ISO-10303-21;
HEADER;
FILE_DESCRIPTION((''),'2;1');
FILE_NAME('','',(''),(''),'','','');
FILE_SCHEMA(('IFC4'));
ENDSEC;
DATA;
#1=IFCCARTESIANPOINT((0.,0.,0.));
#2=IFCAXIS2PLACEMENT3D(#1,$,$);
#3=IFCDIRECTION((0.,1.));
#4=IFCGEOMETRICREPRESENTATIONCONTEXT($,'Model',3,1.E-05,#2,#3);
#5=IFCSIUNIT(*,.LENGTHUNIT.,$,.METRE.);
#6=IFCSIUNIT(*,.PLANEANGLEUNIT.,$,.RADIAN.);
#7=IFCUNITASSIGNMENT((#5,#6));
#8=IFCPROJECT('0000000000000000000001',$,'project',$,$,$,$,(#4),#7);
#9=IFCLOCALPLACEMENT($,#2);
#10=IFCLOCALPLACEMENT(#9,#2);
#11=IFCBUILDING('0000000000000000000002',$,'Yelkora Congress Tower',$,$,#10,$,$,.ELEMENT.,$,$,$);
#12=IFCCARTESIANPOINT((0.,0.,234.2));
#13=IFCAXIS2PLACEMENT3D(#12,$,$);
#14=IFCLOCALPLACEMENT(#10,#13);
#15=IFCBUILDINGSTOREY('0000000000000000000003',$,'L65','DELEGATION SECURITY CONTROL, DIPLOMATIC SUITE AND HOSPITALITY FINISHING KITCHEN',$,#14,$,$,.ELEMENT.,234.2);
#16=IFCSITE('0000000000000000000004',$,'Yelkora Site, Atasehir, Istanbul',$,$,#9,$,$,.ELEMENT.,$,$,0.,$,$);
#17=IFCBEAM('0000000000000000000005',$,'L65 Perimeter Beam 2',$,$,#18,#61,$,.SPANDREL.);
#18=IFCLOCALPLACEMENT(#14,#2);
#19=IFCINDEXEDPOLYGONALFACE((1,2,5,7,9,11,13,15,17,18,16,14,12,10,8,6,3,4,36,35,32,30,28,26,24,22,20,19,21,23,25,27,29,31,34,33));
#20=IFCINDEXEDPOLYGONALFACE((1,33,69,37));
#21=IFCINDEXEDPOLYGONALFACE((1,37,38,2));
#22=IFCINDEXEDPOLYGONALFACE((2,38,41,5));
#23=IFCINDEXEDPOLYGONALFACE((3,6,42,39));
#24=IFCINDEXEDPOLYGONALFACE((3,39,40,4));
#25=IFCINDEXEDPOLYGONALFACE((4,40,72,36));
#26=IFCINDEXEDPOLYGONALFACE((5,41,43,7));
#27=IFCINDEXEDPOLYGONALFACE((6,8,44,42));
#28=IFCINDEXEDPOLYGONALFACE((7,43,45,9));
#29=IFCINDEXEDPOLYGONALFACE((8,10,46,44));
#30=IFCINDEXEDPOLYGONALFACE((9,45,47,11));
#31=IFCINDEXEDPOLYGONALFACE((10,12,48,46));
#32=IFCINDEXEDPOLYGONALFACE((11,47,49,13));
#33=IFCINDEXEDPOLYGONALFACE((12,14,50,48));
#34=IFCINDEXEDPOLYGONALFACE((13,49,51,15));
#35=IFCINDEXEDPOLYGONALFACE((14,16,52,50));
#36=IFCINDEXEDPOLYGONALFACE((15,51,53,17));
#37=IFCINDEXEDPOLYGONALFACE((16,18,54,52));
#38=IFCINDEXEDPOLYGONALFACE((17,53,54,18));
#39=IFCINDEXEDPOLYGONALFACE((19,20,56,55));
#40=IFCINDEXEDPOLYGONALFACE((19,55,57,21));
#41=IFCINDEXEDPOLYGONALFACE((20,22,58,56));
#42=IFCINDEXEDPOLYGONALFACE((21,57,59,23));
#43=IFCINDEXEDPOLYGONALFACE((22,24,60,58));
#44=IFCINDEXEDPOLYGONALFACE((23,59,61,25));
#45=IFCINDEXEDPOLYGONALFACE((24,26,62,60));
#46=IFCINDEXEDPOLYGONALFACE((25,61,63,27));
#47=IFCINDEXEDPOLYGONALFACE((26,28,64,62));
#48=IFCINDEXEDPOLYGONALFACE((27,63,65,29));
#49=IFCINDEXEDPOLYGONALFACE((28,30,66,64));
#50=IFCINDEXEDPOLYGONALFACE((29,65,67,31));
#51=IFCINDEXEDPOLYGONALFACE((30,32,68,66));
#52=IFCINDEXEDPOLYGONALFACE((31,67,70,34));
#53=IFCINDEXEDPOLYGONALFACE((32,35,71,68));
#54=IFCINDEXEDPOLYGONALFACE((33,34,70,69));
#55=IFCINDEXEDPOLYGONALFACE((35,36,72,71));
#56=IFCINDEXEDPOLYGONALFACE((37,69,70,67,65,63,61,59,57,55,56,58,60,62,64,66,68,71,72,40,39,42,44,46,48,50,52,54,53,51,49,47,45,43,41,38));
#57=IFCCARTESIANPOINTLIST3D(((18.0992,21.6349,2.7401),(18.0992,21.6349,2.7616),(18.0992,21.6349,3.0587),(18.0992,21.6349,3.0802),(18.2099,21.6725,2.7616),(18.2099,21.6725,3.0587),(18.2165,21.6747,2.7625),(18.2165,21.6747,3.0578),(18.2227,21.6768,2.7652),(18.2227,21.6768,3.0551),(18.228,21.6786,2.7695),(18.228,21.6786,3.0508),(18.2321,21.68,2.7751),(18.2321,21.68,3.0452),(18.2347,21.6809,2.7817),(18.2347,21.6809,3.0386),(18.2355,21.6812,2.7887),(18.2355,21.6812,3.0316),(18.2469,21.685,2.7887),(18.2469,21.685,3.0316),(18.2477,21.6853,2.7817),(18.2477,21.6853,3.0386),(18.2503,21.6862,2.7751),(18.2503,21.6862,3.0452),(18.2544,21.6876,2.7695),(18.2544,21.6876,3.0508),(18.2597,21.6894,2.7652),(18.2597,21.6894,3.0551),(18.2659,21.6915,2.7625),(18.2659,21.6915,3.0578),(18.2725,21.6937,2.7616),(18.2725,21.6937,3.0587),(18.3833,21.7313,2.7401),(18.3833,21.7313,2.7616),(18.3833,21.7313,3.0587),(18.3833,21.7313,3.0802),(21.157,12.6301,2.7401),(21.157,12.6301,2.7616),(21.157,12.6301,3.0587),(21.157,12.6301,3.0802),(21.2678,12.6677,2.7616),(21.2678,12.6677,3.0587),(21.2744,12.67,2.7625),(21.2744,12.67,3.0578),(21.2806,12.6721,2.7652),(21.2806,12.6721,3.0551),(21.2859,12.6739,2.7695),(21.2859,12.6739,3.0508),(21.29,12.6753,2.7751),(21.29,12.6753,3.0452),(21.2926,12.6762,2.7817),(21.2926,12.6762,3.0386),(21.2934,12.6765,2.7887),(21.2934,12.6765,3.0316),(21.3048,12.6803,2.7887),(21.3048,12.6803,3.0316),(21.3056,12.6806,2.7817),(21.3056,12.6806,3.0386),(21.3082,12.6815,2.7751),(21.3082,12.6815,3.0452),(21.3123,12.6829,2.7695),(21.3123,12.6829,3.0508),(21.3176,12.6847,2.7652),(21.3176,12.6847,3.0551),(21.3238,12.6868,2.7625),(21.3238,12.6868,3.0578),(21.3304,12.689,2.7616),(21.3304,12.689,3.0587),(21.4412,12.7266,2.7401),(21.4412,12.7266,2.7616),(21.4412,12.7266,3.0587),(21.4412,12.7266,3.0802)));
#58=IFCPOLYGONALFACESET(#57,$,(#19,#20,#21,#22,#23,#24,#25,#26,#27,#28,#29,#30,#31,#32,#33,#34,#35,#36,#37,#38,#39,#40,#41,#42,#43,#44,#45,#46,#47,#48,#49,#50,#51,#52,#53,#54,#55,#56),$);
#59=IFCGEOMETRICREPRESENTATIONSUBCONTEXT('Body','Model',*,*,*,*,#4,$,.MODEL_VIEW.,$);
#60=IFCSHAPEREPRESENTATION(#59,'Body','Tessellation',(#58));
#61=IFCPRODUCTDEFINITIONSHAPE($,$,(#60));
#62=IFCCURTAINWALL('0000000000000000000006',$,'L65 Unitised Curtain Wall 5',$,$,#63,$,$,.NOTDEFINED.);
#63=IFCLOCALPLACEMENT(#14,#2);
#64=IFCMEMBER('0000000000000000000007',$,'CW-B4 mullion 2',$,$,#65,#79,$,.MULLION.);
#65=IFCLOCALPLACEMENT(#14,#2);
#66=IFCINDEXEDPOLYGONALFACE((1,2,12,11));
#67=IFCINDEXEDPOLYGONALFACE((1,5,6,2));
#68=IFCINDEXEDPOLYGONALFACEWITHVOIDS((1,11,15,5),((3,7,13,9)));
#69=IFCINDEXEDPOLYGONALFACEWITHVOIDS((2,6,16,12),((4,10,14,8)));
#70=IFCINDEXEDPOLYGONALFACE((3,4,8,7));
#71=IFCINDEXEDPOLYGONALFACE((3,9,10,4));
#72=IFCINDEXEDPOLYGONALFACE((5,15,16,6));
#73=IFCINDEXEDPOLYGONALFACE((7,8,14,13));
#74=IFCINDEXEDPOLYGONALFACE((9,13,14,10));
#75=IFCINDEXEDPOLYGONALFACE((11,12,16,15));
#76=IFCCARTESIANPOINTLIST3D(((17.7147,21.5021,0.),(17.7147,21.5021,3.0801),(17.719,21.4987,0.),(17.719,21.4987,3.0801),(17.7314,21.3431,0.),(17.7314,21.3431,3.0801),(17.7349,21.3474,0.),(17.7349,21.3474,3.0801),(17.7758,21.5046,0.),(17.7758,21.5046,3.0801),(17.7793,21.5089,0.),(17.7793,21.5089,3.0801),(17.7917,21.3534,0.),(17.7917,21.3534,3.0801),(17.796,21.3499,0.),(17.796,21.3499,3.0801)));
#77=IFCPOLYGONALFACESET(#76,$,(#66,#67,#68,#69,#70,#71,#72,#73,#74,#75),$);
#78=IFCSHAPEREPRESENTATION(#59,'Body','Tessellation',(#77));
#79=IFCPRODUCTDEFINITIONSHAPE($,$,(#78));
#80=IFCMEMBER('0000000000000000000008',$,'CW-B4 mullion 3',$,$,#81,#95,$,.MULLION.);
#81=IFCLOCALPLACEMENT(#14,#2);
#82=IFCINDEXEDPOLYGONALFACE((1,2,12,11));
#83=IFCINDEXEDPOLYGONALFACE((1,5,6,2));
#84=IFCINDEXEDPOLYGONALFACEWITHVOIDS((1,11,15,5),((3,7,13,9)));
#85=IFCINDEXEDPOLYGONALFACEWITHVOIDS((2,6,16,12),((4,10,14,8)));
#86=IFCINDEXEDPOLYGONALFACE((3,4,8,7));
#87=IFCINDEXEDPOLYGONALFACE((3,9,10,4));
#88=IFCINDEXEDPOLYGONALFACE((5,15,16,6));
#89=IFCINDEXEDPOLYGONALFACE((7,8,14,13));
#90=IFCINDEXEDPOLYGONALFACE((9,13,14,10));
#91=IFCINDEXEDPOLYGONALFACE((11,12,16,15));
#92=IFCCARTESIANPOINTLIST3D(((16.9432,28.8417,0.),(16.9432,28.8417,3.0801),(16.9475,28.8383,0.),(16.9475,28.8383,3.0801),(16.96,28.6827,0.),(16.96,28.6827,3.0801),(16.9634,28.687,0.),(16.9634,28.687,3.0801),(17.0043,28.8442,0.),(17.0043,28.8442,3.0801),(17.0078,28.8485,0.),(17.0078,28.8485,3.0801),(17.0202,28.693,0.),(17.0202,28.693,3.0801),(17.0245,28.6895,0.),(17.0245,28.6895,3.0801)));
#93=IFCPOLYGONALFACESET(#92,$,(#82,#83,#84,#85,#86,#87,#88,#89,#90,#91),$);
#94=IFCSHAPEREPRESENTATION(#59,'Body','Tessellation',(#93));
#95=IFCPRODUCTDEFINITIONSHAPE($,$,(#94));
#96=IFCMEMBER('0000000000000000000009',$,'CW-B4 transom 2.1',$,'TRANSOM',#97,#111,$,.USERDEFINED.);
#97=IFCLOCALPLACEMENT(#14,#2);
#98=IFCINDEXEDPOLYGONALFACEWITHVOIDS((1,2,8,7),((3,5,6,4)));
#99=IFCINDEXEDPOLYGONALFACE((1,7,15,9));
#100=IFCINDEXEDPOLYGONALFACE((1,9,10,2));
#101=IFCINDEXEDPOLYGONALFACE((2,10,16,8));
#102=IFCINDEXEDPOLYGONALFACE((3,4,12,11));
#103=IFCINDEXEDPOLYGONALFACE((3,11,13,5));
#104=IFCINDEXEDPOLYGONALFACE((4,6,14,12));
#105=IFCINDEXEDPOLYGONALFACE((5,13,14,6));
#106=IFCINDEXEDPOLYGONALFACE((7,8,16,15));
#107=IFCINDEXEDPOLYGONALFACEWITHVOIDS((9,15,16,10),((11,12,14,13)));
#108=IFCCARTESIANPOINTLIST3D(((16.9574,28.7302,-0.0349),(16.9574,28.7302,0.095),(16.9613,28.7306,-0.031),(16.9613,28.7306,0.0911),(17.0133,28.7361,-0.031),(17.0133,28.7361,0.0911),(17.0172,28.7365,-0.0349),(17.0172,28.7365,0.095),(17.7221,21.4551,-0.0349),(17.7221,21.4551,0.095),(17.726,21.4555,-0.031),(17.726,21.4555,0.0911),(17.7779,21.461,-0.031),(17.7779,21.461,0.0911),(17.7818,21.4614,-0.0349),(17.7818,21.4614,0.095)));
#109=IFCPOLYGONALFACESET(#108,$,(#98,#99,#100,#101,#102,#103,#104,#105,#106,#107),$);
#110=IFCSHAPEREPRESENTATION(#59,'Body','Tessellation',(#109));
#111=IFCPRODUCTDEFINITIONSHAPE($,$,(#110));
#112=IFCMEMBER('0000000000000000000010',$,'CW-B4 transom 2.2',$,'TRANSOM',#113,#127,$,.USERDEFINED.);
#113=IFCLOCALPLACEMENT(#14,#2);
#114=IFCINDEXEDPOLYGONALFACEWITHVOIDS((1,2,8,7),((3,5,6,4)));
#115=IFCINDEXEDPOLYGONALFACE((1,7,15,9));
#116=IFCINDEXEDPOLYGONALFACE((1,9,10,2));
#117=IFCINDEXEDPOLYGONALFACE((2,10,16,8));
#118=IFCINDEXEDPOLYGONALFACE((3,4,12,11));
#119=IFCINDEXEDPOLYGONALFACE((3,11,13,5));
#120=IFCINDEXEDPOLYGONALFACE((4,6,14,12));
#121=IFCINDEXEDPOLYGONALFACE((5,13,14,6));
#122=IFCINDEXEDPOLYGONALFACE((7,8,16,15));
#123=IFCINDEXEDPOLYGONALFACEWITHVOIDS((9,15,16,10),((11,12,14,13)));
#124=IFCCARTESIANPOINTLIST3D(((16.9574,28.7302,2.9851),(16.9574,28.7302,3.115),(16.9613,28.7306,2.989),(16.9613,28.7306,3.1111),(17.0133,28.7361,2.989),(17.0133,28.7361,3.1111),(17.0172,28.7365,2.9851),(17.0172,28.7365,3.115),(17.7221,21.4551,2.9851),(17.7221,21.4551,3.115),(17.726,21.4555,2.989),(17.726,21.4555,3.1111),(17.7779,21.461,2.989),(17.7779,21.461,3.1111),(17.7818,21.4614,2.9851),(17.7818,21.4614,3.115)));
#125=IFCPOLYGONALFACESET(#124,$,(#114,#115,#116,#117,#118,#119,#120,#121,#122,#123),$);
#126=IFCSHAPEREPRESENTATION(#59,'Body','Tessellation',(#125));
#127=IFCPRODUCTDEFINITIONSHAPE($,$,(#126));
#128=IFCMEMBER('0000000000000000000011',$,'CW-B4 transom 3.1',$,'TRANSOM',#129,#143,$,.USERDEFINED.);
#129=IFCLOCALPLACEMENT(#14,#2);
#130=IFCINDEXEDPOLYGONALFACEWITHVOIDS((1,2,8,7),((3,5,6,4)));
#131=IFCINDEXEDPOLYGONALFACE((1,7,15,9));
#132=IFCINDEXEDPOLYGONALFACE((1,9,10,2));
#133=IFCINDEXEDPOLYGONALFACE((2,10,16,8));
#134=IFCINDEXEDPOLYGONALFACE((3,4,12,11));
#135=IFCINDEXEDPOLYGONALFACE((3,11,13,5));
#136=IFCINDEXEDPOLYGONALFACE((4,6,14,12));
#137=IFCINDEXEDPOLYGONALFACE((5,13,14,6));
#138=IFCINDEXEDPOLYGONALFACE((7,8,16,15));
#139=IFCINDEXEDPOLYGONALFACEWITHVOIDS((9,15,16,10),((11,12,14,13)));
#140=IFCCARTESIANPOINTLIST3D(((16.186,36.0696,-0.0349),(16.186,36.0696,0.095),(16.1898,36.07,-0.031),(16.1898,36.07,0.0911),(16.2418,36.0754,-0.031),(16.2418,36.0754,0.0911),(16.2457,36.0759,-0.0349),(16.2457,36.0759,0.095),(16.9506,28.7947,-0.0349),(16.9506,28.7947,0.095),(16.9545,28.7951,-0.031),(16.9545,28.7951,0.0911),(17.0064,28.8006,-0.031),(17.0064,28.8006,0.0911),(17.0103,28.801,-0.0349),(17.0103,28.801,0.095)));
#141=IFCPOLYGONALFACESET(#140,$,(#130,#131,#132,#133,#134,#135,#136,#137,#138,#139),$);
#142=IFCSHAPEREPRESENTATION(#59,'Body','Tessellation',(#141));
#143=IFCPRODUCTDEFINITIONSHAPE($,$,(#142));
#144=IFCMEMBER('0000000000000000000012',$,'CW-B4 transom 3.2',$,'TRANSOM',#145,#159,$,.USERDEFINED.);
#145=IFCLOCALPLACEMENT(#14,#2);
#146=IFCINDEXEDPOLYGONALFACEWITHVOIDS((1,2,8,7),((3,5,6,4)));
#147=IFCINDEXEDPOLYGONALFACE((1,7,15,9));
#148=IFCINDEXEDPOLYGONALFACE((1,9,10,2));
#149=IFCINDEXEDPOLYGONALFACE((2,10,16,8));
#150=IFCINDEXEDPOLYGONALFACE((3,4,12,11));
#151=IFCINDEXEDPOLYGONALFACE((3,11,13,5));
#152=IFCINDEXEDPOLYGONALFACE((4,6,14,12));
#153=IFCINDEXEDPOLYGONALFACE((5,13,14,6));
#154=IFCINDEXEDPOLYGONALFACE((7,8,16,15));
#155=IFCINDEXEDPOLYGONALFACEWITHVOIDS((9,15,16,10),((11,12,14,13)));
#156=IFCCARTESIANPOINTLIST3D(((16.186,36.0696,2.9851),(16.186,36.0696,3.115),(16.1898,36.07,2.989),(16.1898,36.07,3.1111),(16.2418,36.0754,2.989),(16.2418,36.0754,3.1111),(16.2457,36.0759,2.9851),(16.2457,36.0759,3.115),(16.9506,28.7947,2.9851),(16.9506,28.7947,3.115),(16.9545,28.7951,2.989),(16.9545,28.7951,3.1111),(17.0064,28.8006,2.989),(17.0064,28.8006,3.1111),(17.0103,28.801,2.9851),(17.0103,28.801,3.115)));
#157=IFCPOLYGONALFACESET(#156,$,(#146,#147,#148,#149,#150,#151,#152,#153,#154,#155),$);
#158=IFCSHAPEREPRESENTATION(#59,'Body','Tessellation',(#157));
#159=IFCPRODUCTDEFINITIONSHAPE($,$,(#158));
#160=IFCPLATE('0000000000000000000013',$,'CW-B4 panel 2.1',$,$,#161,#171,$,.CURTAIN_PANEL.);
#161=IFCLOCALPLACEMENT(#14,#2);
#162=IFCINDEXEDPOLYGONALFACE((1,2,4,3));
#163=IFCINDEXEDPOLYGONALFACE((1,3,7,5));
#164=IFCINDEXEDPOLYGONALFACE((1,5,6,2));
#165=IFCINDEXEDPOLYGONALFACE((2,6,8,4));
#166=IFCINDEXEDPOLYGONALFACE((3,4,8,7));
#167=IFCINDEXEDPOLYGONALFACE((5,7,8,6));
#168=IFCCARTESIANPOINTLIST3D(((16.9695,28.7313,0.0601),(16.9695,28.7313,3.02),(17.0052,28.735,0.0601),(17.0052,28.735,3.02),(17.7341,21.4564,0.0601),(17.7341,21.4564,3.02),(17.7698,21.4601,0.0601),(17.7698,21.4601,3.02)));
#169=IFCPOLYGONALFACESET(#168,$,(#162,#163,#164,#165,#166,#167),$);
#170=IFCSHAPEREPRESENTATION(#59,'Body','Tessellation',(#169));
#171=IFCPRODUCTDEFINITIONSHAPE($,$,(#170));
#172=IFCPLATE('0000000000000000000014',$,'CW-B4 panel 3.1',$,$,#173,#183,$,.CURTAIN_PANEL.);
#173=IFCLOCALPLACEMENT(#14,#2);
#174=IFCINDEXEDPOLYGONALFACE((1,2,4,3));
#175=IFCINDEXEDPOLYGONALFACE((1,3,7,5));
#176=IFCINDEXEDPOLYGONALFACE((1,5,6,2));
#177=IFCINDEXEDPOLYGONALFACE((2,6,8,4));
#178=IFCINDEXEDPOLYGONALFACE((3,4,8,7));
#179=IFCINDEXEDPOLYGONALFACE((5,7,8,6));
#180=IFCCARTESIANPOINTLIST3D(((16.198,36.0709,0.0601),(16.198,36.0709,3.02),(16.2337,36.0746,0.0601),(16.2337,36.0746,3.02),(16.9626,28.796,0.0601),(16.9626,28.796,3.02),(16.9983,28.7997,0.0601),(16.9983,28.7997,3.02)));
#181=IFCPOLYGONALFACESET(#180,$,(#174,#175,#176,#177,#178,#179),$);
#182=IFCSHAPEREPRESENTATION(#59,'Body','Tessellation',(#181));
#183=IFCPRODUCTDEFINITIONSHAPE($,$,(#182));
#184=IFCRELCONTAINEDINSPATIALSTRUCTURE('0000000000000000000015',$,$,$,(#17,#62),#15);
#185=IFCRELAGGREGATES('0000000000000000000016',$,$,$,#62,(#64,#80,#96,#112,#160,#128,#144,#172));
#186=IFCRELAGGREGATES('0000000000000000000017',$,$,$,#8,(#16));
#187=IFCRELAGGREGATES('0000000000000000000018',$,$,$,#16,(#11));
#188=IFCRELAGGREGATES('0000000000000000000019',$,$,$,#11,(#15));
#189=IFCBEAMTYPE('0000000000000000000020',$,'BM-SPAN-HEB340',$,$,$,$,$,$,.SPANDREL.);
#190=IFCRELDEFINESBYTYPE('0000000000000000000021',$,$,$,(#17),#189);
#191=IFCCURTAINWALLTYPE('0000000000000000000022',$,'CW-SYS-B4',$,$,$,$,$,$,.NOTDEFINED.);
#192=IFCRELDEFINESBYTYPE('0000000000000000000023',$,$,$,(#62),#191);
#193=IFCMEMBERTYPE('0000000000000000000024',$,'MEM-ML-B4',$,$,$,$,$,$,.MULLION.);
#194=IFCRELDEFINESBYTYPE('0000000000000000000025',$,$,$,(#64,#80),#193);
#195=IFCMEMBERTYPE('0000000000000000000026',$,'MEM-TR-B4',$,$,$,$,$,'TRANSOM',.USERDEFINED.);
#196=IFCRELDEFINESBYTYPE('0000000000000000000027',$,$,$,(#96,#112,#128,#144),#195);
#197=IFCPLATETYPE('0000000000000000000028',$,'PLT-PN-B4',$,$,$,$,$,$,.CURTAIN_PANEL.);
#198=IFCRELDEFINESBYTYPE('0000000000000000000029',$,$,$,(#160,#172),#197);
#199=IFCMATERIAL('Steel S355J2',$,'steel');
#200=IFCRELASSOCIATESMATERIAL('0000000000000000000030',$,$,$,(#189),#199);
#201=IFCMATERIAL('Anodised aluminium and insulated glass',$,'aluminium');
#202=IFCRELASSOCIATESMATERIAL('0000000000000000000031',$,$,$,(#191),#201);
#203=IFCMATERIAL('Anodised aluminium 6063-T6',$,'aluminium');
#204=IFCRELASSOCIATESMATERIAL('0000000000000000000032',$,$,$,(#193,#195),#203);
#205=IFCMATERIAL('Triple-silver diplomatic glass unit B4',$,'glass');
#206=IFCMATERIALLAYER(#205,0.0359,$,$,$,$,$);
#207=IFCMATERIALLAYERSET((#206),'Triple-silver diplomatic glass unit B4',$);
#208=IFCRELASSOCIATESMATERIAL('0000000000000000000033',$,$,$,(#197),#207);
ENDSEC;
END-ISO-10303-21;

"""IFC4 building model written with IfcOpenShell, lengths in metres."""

from ifc_helpers import new_model, si_unit, direction, frame, origin, origin_2d, place, context, subcontext, project, spatial, rectangle, hollow_rectangle, i_section, extrude, material, layer, layer_set, material_profile, profile_set, type_object, element, aggregate, save


model = new_model("IFC4")

# Units and contexts
model_context = context("Model", 3, precision=1e-05, world=origin(), true_north=direction((0.0, 1.0)))
body_context = subcontext(model_context, "Body", "Model", "MODEL_VIEW")
ifc_project = project(units=[si_unit("LENGTHUNIT", "METRE"), si_unit("PLANEANGLEUNIT", "RADIAN")], contexts=[model_context])

# Site, building, storey
site_placement = place(None, origin())
site = spatial("IfcSite", under=ifc_project, at=site_placement, Name="Yelkora Site, Atasehir, Istanbul", CompositionType="ELEMENT", RefElevation=0.0)
building_placement = place(site_placement, origin())
building = spatial("IfcBuilding", under=site, at=building_placement, Name="Yelkora Congress Tower", CompositionType="ELEMENT")
storey_placement = place(building_placement, frame((0.0, 0.0, 234.2)))
storey = spatial("IfcBuildingStorey", under=building, at=storey_placement, Name="L65", Description="DELEGATION SECURITY CONTROL, DIPLOMATIC SUITE AND HOSPITALITY FINISHING KITCHEN", CompositionType="ELEMENT", Elevation=234.2)

# Shared definitions
ifc_material_1 = material(Name="Steel S355J2", Category="steel")

# Beam
ifc_material_profile_1 = material_profile(ifc_material_1, i_section(OverallWidth=0.3, OverallDepth=0.3401, WebThickness=0.012, FlangeThickness=0.0215, FilletRadius=0.0271, at=origin_2d()), Name="HEB 340")
ifc_profile_set_1 = profile_set([ifc_material_profile_1], Name="Steel S355J2")
beam_type_1 = type_object("IfcBeamType", Name="BM-SPAN-HEB340", PredefinedType="SPANDREL", material=ifc_profile_set_1)
beam_1_placement = place(storey_placement, frame((18.2412, 21.6831, 2.9102), z_axis=(0.321552, -0.946892, 0.0), x_axis=(0.946892, 0.321552, 0.0)))
element("IfcBeam", 1, at=beam_1_placement, inside=storey, type_object=beam_type_1, Name="L65 Perimeter Beam 2", PredefinedType="SPANDREL", context=body_context, shape_type="SweptSolid", body=[
    extrude(i_section(OverallWidth=0.3, OverallDepth=0.3401, WebThickness=0.012, FlangeThickness=0.0215, FilletRadius=0.0271, at=origin_2d()), origin(), (0.0, 0.0, 1.0), 9.5098),
])

# Curtain wall, members, plates
ifc_material_2 = material(Name="Anodised aluminium and insulated glass", Category="aluminium")
curtain_wall_type = type_object("IfcCurtainWallType", Name="CW-SYS-B4", PredefinedType="NOTDEFINED", material=ifc_material_2)
curtain_wall_placement = place(storey_placement, origin())
curtain_wall = element("IfcCurtainWall", 2, at=curtain_wall_placement, inside=storey, type_object=curtain_wall_type, Name="L65 Unitised Curtain Wall 5", PredefinedType="NOTDEFINED")
ifc_material_3 = material(Name="Anodised aluminium 6063-T6", Category="aluminium")
ifc_material_profile_2 = material_profile(ifc_material_3, hollow_rectangle(XDim=0.0649, YDim=0.1599, WallThickness=0.0039, at=origin_2d()), Name="ALU 65x160x4")
ifc_profile_set_2 = profile_set([ifc_material_profile_2], Name="Anodised aluminium 6063-T6")
member_type_1 = type_object("IfcMemberType", Name="MEM-ML-B4", PredefinedType="MULLION", material=ifc_profile_set_2)
member_1_placement = place(storey_placement, frame((17.7554, 21.426, 0.0), z_axis=(0.0, 0.0, 1.0), x_axis=(-0.994522, -0.104526, 0.0)))
member_1 = element("IfcMember", 3, at=member_1_placement, type_object=member_type_1, Name="CW-B4 mullion 2", PredefinedType="MULLION", context=body_context, shape_type="SweptSolid", body=[
    extrude(hollow_rectangle(XDim=0.0649, YDim=0.1599, WallThickness=0.0039, at=origin_2d()), origin(), (0.0, 0.0, 1.0), 3.0801),
])
member_2_placement = place(storey_placement, frame((16.9839, 28.7656, 0.0), z_axis=(0.0, 0.0, 1.0), x_axis=(-0.994522, -0.104526, 0.0)))
member_2 = element("IfcMember", 4, at=member_2_placement, type_object=member_type_1, Name="CW-B4 mullion 3", PredefinedType="MULLION", context=body_context, shape_type="SweptSolid", body=[
    extrude(hollow_rectangle(XDim=0.0649, YDim=0.1599, WallThickness=0.0039, at=origin_2d()), origin(), (0.0, 0.0, 1.0), 3.0801),
])
ifc_material_profile_3 = material_profile(ifc_material_3, hollow_rectangle(XDim=0.0601, YDim=0.1299, WallThickness=0.0039, at=origin_2d()), Name="ALU 60x130x4")
ifc_profile_set_3 = profile_set([ifc_material_profile_3], Name="Anodised aluminium 6063-T6")
member_type_2 = type_object("IfcMemberType", Name="MEM-TR-B4", ElementType="TRANSOM", PredefinedType="USERDEFINED", material=ifc_profile_set_3)
member_3_placement = place(storey_placement, frame((17.752, 21.4583, 0.03), z_axis=(-0.104528, 0.994522, 0.0), x_axis=(-0.994522, -0.104528, 0.0)))
member_3 = element("IfcMember", 5, at=member_3_placement, type_object=member_type_2, Name="CW-B4 transom 2.1", ObjectType="TRANSOM", PredefinedType="USERDEFINED", context=body_context, shape_type="SweptSolid", body=[
    extrude(hollow_rectangle(XDim=0.0601, YDim=0.1299, WallThickness=0.0039, at=origin_2d()), origin(), (0.0, 0.0, 1.0), 7.3152),
])
member_4_placement = place(storey_placement, frame((17.752, 21.4583, 3.05), z_axis=(-0.104528, 0.994522, 0.0), x_axis=(-0.994522, -0.104528, 0.0)))
member_4 = element("IfcMember", 6, at=member_4_placement, type_object=member_type_2, Name="CW-B4 transom 2.2", ObjectType="TRANSOM", PredefinedType="USERDEFINED", context=body_context, shape_type="SweptSolid", body=[
    extrude(hollow_rectangle(XDim=0.0601, YDim=0.1299, WallThickness=0.0039, at=origin_2d()), origin(), (0.0, 0.0, 1.0), 7.3152),
])
member_5_placement = place(storey_placement, frame((16.9805, 28.7979, 0.03), z_axis=(-0.104532, 0.994522, 0.0), x_axis=(-0.994522, -0.104532, 0.0)))
member_5 = element("IfcMember", 7, at=member_5_placement, type_object=member_type_2, Name="CW-B4 transom 3.1", ObjectType="TRANSOM", PredefinedType="USERDEFINED", context=body_context, shape_type="SweptSolid", body=[
    extrude(hollow_rectangle(XDim=0.0601, YDim=0.1299, WallThickness=0.0039, at=origin_2d()), origin(), (0.0, 0.0, 1.0), 7.3149),
])
member_6_placement = place(storey_placement, frame((16.9805, 28.7979, 3.05), z_axis=(-0.104532, 0.994522, 0.0), x_axis=(-0.994522, -0.104532, 0.0)))
member_6 = element("IfcMember", 8, at=member_6_placement, type_object=member_type_2, Name="CW-B4 transom 3.2", ObjectType="TRANSOM", PredefinedType="USERDEFINED", context=body_context, shape_type="SweptSolid", body=[
    extrude(hollow_rectangle(XDim=0.0601, YDim=0.1299, WallThickness=0.0039, at=origin_2d()), origin(), (0.0, 0.0, 1.0), 7.3149),
])
ifc_material_4 = material(Name="Triple-silver diplomatic glass unit B4", Category="glass")
ifc_layer_1 = layer(ifc_material_4, 0.0359)
ifc_layer_set_1 = layer_set([ifc_layer_1], Name="Triple-silver diplomatic glass unit B4")
plate_type = type_object("IfcPlateType", Name="PLT-PN-B4", PredefinedType="CURTAIN_PANEL", material=ifc_layer_set_1)
plate_1_placement = place(storey_placement, frame((17.3696, 25.0957, 0.0601), z_axis=(0.0, 0.0, 1.0), x_axis=(-0.104526, 0.994522, 0.0)))
plate_1 = element("IfcPlate", 9, at=plate_1_placement, type_object=plate_type, Name="CW-B4 panel 2.1", PredefinedType="CURTAIN_PANEL", context=body_context, shape_type="SweptSolid", body=[
    extrude(rectangle(XDim=7.3149, YDim=0.0359, at=origin_2d()), origin(), (0.0, 0.0, 1.0), 2.96),
])
plate_2_placement = place(storey_placement, frame((16.5981, 32.4353, 0.0601), z_axis=(0.0, 0.0, 1.0), x_axis=(-0.104526, 0.994522, 0.0)))
plate_2 = element("IfcPlate", 10, at=plate_2_placement, type_object=plate_type, Name="CW-B4 panel 3.1", PredefinedType="CURTAIN_PANEL", context=body_context, shape_type="SweptSolid", body=[
    extrude(rectangle(XDim=7.3149, YDim=0.0359, at=origin_2d()), origin(), (0.0, 0.0, 1.0), 2.96),
])
aggregate(curtain_wall, [member_1, member_2, member_3, member_4, plate_1, member_5, member_6, plate_2])

save(model, "model.ifc")
